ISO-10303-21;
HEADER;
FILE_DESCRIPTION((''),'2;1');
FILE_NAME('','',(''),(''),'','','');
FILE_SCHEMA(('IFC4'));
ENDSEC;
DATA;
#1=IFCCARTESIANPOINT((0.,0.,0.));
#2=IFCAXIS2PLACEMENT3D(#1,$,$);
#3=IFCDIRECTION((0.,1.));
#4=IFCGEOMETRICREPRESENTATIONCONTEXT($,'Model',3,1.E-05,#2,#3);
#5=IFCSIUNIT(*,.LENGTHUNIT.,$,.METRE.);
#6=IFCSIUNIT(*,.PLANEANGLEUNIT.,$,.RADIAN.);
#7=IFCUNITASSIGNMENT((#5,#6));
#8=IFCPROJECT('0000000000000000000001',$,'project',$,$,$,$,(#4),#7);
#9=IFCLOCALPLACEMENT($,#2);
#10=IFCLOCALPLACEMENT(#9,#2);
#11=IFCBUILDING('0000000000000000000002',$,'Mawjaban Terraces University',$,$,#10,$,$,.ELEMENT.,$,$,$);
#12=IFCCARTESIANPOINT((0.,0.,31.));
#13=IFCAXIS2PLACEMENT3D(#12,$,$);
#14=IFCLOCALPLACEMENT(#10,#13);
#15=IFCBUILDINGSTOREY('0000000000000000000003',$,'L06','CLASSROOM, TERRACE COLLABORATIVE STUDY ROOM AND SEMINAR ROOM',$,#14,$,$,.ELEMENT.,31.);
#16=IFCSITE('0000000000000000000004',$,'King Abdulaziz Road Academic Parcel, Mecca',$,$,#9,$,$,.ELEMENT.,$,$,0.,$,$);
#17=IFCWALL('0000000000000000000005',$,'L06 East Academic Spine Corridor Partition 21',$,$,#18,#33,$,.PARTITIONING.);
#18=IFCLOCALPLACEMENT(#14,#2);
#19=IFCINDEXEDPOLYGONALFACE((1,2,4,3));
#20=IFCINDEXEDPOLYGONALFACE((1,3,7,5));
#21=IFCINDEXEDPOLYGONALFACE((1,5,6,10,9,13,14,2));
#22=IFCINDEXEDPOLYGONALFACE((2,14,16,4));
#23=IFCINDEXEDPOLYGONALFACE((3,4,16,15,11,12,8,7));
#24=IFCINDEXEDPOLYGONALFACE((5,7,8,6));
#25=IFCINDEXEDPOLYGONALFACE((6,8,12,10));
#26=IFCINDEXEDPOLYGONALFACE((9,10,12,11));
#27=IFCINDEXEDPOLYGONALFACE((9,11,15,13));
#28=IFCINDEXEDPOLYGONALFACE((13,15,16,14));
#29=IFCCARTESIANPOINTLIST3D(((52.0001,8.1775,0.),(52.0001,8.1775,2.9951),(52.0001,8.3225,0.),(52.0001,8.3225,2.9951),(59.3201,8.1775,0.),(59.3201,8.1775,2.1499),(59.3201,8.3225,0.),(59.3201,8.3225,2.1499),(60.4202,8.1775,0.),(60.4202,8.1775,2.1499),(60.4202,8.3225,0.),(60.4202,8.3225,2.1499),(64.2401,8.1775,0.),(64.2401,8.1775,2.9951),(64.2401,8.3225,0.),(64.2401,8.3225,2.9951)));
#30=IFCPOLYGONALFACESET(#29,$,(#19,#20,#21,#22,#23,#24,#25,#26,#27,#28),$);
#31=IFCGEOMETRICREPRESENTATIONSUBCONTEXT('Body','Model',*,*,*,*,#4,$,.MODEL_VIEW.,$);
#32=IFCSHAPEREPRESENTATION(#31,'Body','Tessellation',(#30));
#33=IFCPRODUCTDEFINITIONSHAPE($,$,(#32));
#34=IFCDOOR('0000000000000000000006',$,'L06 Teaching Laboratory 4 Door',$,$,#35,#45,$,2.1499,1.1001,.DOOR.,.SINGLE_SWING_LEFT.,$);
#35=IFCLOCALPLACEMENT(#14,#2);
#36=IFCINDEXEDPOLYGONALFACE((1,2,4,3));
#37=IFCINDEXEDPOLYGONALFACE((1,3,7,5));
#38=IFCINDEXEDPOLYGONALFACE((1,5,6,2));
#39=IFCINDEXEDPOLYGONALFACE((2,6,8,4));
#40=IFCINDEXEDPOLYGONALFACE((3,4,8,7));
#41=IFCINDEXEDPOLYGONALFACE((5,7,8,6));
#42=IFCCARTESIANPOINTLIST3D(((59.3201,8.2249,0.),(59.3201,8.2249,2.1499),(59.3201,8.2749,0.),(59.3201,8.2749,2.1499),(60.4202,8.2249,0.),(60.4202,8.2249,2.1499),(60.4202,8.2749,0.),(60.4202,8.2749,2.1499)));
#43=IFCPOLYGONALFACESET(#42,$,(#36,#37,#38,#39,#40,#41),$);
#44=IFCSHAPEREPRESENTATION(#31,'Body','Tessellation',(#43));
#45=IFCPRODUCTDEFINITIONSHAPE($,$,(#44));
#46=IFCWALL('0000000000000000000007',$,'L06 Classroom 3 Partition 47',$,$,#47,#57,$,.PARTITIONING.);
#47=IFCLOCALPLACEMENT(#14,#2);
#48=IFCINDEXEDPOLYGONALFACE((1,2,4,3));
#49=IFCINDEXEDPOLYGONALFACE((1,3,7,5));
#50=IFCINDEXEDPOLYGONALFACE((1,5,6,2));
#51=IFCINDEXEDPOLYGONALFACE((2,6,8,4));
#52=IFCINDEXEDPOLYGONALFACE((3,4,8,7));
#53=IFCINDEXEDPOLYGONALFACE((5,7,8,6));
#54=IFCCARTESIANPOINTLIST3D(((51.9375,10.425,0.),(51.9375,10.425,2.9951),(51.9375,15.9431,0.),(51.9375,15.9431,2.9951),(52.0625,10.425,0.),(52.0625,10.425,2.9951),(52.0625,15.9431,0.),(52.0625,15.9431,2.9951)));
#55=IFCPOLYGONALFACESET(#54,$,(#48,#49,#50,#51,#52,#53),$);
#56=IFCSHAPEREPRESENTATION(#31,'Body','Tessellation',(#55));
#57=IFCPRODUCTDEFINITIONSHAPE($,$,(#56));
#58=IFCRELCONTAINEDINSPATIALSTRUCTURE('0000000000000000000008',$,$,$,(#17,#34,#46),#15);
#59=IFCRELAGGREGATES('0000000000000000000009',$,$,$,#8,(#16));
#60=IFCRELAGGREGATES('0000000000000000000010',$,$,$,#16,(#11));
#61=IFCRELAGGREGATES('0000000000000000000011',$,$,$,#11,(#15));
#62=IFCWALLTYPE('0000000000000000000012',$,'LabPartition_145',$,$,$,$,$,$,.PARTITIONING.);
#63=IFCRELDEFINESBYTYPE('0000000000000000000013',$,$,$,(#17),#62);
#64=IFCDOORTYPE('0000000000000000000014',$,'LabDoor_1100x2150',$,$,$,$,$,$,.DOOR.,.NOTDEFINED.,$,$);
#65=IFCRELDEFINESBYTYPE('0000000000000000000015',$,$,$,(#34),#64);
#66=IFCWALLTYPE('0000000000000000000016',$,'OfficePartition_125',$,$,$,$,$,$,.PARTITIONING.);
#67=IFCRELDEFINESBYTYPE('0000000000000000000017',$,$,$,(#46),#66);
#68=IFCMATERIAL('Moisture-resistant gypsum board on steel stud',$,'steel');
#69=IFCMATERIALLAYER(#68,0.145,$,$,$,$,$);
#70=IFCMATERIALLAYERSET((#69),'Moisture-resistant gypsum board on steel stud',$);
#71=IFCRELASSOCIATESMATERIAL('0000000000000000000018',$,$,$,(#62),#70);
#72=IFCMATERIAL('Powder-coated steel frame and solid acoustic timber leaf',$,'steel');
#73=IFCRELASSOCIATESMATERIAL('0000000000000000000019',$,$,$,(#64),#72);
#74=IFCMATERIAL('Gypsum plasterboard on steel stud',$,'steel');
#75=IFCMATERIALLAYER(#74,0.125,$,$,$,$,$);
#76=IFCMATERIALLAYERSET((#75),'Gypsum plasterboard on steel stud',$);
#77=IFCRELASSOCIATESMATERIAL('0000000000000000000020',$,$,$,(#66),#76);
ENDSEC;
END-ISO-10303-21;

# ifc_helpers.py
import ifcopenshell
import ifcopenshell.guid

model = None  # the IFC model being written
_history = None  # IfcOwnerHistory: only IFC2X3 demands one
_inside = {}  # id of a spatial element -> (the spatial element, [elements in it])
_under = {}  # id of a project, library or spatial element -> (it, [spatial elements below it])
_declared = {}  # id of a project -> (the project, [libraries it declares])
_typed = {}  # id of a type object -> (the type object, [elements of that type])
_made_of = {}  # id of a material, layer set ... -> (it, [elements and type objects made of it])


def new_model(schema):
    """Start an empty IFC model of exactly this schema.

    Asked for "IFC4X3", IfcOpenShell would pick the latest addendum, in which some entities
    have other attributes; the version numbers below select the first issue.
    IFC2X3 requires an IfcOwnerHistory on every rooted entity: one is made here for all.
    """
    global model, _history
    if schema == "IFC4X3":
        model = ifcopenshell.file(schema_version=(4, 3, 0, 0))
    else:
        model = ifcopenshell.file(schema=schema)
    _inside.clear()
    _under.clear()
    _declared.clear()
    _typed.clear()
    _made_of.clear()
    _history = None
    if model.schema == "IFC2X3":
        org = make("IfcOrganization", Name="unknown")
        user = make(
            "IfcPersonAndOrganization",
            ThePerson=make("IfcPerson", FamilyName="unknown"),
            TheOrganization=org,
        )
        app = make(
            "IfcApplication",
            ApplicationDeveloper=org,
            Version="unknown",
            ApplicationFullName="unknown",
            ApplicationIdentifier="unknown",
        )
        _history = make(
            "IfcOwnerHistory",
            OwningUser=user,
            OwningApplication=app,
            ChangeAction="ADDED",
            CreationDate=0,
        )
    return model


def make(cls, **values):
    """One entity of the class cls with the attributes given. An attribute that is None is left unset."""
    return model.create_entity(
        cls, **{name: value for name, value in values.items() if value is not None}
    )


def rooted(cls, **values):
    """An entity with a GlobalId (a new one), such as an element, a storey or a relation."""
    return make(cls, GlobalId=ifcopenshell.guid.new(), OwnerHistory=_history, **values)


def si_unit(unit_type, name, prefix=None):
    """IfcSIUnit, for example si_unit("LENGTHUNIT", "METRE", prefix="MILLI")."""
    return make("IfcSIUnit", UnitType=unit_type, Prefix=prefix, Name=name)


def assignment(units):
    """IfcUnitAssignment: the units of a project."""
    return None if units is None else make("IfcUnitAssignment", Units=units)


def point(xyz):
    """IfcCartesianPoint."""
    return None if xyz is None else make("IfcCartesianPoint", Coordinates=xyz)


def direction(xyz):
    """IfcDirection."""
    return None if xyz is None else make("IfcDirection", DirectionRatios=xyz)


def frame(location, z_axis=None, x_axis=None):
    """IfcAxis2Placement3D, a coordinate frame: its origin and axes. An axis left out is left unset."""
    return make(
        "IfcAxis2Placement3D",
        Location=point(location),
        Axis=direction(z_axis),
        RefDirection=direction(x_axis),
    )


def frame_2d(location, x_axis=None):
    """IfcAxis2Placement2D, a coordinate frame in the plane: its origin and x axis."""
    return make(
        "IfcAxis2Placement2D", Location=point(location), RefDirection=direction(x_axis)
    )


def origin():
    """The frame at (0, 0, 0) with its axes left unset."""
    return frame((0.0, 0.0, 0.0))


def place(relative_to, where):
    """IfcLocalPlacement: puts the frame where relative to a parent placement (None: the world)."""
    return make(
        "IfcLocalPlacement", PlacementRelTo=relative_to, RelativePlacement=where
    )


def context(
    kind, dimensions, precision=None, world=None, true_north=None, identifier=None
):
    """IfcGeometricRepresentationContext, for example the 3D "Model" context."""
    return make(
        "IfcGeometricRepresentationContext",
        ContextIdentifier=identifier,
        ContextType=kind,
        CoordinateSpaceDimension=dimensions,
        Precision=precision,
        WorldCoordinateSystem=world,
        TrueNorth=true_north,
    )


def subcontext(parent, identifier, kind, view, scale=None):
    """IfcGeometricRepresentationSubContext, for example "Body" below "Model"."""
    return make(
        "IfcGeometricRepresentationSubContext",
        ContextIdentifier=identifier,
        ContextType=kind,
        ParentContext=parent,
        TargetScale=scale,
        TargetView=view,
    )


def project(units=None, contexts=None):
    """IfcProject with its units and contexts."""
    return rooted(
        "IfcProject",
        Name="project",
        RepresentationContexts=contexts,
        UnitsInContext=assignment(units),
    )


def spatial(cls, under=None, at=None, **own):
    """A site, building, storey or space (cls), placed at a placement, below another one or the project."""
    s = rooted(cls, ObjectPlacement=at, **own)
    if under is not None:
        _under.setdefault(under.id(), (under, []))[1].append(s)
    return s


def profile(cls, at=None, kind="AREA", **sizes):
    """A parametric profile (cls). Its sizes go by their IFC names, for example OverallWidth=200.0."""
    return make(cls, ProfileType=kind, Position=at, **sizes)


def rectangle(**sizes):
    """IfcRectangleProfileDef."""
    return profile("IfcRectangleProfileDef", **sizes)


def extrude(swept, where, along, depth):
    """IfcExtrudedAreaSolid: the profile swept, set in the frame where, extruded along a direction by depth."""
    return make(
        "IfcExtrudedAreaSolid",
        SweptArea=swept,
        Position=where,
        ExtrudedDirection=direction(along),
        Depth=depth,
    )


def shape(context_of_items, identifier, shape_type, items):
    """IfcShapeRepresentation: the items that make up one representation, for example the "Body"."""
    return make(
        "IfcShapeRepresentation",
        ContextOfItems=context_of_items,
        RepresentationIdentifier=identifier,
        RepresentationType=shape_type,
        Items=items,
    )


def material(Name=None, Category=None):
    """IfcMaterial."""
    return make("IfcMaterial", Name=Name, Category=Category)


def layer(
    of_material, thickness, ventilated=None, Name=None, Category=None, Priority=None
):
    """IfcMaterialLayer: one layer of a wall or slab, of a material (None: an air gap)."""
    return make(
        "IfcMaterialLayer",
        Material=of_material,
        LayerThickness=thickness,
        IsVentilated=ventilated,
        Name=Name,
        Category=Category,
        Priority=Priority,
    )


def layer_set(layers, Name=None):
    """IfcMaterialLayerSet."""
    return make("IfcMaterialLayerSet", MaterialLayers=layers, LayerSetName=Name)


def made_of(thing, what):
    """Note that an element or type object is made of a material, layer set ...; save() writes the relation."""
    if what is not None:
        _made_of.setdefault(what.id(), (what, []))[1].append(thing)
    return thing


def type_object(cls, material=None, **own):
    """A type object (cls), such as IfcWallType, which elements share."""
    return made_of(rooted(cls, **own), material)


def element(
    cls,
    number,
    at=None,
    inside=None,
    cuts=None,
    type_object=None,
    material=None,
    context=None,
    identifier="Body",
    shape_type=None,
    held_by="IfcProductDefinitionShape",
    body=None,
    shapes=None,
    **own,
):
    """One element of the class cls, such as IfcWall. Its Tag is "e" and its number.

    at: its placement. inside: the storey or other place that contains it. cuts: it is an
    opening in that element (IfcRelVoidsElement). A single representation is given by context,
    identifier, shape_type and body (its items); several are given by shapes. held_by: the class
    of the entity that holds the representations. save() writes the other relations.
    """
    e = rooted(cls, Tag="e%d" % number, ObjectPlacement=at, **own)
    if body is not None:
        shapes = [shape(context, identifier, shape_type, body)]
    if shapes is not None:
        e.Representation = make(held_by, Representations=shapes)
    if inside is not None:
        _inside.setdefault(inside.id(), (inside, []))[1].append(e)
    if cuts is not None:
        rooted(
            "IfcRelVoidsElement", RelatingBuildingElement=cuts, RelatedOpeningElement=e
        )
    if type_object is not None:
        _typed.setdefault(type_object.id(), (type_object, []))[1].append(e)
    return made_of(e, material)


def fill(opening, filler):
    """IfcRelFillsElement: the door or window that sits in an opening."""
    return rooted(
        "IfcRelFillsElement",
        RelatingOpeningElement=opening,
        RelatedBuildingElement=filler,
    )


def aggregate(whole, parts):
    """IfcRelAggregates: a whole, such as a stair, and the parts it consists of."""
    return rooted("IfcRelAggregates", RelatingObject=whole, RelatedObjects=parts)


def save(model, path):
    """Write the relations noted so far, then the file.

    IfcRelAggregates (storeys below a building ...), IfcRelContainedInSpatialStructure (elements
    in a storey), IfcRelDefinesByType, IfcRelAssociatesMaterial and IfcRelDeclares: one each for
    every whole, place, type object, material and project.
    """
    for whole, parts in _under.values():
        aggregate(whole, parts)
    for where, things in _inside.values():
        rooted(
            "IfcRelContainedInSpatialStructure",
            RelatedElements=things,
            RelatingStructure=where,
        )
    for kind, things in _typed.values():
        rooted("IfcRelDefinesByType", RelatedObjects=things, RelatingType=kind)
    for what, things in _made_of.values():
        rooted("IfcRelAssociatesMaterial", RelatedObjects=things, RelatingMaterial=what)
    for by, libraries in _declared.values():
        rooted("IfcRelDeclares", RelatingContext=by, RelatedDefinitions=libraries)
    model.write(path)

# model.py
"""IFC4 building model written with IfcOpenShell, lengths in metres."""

from ifc_helpers import new_model, si_unit, direction, frame, frame_2d, origin, place, context, subcontext, project, spatial, rectangle, extrude, material, layer, layer_set, type_object, element, fill, save


model = new_model("IFC4")

# Units and contexts
model_context = context("Model", 3, precision=1e-05, world=origin(), true_north=direction((0.0, 1.0)))
body_context = subcontext(model_context, "Body", "Model", "MODEL_VIEW")
ifc_project = project(units=[si_unit("LENGTHUNIT", "METRE"), si_unit("PLANEANGLEUNIT", "RADIAN")], contexts=[model_context])

# Site, building, storey
site_placement = place(None, origin())
site = spatial("IfcSite", under=ifc_project, at=site_placement, Name="King Abdulaziz Road Academic Parcel, Mecca", CompositionType="ELEMENT", RefElevation=0.0)
building_placement = place(site_placement, origin())
building = spatial("IfcBuilding", under=site, at=building_placement, Name="Mawjaban Terraces University", CompositionType="ELEMENT")
storey_placement = place(building_placement, frame((0.0, 0.0, 31.0)))
storey = spatial("IfcBuildingStorey", under=building, at=storey_placement, Name="L06", Description="CLASSROOM, TERRACE COLLABORATIVE STUDY ROOM AND SEMINAR ROOM", CompositionType="ELEMENT", Elevation=31.0)

# Wall, opening, door
ifc_material_1 = material(Name="Powder-coated steel frame and solid acoustic timber leaf", Category="steel")
ifc_material_2 = material(Name="Moisture-resistant gypsum board on steel stud", Category="steel")
ifc_layer_1 = layer(ifc_material_2, 0.145)
ifc_layer_set_1 = layer_set([ifc_layer_1], Name="Moisture-resistant gypsum board on steel stud")
wall_type_1 = type_object("IfcWallType", Name="LabPartition_145", PredefinedType="PARTITIONING", material=ifc_layer_set_1)
wall_1_placement = place(storey_placement, frame((52.0, 8.25, 0.0), z_axis=(0.0, 0.0, 1.0), x_axis=(1.0, 0.0, 0.0)))
wall_1 = element("IfcWall", 1, at=wall_1_placement, inside=storey, type_object=wall_type_1, Name="L06 East Academic Spine Corridor Partition 21", PredefinedType="PARTITIONING", context=body_context, shape_type="SweptSolid", body=[
    extrude(rectangle(XDim=12.24, YDim=0.145, at=frame_2d((6.1201, 0.0))), origin(), (0.0, 0.0, 1.0), 2.9951),
])
opening_1_placement = place(wall_1_placement, frame((7.3201, 0.0, 0.0)))
opening_1 = element("IfcOpeningElement", 2, at=opening_1_placement, cuts=wall_1, PredefinedType="OPENING", context=body_context, shape_type="SweptSolid", body=[
    extrude(rectangle(XDim=1.1001, YDim=2.1499, at=frame_2d((0.55, 1.075))), frame((0.0, 0.0825, 0.0), z_axis=(0.0, -1.0, 0.0), x_axis=(1.0, 0.0, 0.0)), (0.0, 0.0, 1.0), 0.165),
])
door_type_1 = type_object("IfcDoorType", Name="LabDoor_1100x2150", OperationType="NOTDEFINED", PredefinedType="DOOR", material=ifc_material_1)
door_1_placement = place(opening_1_placement, origin())
door_1 = element("IfcDoor", 3, at=door_1_placement, inside=storey, type_object=door_type_1, Name="L06 Teaching Laboratory 4 Door", OperationType="SINGLE_SWING_LEFT", OverallHeight=2.1499, OverallWidth=1.1001, PredefinedType="DOOR", context=body_context, shape_type="SweptSolid", body=[
    extrude(rectangle(XDim=1.1001, YDim=2.1499, at=frame_2d((0.55, 1.075))), frame((0.0, 0.0249, 0.0), z_axis=(0.0, -1.0, 0.0), x_axis=(1.0, 0.0, 0.0)), (0.0, 0.0, 1.0), 0.05),
])
fill(opening_1, door_1)

# Wall
ifc_material_3 = material(Name="Gypsum plasterboard on steel stud", Category="steel")
ifc_layer_2 = layer(ifc_material_3, 0.125)
ifc_layer_set_2 = layer_set([ifc_layer_2], Name="Gypsum plasterboard on steel stud")
wall_type_2 = type_object("IfcWallType", Name="OfficePartition_125", PredefinedType="PARTITIONING", material=ifc_layer_set_2)
wall_2_placement = place(storey_placement, frame((52.0, 10.425, 0.0), z_axis=(0.0, 0.0, 1.0), x_axis=(0.0, 1.0, 0.0)))
element("IfcWall", 4, at=wall_2_placement, inside=storey, type_object=wall_type_2, Name="L06 Classroom 3 Partition 47", PredefinedType="PARTITIONING", context=body_context, shape_type="SweptSolid", body=[
    extrude(rectangle(XDim=5.5181, YDim=0.125, at=frame_2d((2.759, 0.0))), origin(), (0.0, 0.0, 1.0), 2.9951),
])

save(model, "model.ifc")
